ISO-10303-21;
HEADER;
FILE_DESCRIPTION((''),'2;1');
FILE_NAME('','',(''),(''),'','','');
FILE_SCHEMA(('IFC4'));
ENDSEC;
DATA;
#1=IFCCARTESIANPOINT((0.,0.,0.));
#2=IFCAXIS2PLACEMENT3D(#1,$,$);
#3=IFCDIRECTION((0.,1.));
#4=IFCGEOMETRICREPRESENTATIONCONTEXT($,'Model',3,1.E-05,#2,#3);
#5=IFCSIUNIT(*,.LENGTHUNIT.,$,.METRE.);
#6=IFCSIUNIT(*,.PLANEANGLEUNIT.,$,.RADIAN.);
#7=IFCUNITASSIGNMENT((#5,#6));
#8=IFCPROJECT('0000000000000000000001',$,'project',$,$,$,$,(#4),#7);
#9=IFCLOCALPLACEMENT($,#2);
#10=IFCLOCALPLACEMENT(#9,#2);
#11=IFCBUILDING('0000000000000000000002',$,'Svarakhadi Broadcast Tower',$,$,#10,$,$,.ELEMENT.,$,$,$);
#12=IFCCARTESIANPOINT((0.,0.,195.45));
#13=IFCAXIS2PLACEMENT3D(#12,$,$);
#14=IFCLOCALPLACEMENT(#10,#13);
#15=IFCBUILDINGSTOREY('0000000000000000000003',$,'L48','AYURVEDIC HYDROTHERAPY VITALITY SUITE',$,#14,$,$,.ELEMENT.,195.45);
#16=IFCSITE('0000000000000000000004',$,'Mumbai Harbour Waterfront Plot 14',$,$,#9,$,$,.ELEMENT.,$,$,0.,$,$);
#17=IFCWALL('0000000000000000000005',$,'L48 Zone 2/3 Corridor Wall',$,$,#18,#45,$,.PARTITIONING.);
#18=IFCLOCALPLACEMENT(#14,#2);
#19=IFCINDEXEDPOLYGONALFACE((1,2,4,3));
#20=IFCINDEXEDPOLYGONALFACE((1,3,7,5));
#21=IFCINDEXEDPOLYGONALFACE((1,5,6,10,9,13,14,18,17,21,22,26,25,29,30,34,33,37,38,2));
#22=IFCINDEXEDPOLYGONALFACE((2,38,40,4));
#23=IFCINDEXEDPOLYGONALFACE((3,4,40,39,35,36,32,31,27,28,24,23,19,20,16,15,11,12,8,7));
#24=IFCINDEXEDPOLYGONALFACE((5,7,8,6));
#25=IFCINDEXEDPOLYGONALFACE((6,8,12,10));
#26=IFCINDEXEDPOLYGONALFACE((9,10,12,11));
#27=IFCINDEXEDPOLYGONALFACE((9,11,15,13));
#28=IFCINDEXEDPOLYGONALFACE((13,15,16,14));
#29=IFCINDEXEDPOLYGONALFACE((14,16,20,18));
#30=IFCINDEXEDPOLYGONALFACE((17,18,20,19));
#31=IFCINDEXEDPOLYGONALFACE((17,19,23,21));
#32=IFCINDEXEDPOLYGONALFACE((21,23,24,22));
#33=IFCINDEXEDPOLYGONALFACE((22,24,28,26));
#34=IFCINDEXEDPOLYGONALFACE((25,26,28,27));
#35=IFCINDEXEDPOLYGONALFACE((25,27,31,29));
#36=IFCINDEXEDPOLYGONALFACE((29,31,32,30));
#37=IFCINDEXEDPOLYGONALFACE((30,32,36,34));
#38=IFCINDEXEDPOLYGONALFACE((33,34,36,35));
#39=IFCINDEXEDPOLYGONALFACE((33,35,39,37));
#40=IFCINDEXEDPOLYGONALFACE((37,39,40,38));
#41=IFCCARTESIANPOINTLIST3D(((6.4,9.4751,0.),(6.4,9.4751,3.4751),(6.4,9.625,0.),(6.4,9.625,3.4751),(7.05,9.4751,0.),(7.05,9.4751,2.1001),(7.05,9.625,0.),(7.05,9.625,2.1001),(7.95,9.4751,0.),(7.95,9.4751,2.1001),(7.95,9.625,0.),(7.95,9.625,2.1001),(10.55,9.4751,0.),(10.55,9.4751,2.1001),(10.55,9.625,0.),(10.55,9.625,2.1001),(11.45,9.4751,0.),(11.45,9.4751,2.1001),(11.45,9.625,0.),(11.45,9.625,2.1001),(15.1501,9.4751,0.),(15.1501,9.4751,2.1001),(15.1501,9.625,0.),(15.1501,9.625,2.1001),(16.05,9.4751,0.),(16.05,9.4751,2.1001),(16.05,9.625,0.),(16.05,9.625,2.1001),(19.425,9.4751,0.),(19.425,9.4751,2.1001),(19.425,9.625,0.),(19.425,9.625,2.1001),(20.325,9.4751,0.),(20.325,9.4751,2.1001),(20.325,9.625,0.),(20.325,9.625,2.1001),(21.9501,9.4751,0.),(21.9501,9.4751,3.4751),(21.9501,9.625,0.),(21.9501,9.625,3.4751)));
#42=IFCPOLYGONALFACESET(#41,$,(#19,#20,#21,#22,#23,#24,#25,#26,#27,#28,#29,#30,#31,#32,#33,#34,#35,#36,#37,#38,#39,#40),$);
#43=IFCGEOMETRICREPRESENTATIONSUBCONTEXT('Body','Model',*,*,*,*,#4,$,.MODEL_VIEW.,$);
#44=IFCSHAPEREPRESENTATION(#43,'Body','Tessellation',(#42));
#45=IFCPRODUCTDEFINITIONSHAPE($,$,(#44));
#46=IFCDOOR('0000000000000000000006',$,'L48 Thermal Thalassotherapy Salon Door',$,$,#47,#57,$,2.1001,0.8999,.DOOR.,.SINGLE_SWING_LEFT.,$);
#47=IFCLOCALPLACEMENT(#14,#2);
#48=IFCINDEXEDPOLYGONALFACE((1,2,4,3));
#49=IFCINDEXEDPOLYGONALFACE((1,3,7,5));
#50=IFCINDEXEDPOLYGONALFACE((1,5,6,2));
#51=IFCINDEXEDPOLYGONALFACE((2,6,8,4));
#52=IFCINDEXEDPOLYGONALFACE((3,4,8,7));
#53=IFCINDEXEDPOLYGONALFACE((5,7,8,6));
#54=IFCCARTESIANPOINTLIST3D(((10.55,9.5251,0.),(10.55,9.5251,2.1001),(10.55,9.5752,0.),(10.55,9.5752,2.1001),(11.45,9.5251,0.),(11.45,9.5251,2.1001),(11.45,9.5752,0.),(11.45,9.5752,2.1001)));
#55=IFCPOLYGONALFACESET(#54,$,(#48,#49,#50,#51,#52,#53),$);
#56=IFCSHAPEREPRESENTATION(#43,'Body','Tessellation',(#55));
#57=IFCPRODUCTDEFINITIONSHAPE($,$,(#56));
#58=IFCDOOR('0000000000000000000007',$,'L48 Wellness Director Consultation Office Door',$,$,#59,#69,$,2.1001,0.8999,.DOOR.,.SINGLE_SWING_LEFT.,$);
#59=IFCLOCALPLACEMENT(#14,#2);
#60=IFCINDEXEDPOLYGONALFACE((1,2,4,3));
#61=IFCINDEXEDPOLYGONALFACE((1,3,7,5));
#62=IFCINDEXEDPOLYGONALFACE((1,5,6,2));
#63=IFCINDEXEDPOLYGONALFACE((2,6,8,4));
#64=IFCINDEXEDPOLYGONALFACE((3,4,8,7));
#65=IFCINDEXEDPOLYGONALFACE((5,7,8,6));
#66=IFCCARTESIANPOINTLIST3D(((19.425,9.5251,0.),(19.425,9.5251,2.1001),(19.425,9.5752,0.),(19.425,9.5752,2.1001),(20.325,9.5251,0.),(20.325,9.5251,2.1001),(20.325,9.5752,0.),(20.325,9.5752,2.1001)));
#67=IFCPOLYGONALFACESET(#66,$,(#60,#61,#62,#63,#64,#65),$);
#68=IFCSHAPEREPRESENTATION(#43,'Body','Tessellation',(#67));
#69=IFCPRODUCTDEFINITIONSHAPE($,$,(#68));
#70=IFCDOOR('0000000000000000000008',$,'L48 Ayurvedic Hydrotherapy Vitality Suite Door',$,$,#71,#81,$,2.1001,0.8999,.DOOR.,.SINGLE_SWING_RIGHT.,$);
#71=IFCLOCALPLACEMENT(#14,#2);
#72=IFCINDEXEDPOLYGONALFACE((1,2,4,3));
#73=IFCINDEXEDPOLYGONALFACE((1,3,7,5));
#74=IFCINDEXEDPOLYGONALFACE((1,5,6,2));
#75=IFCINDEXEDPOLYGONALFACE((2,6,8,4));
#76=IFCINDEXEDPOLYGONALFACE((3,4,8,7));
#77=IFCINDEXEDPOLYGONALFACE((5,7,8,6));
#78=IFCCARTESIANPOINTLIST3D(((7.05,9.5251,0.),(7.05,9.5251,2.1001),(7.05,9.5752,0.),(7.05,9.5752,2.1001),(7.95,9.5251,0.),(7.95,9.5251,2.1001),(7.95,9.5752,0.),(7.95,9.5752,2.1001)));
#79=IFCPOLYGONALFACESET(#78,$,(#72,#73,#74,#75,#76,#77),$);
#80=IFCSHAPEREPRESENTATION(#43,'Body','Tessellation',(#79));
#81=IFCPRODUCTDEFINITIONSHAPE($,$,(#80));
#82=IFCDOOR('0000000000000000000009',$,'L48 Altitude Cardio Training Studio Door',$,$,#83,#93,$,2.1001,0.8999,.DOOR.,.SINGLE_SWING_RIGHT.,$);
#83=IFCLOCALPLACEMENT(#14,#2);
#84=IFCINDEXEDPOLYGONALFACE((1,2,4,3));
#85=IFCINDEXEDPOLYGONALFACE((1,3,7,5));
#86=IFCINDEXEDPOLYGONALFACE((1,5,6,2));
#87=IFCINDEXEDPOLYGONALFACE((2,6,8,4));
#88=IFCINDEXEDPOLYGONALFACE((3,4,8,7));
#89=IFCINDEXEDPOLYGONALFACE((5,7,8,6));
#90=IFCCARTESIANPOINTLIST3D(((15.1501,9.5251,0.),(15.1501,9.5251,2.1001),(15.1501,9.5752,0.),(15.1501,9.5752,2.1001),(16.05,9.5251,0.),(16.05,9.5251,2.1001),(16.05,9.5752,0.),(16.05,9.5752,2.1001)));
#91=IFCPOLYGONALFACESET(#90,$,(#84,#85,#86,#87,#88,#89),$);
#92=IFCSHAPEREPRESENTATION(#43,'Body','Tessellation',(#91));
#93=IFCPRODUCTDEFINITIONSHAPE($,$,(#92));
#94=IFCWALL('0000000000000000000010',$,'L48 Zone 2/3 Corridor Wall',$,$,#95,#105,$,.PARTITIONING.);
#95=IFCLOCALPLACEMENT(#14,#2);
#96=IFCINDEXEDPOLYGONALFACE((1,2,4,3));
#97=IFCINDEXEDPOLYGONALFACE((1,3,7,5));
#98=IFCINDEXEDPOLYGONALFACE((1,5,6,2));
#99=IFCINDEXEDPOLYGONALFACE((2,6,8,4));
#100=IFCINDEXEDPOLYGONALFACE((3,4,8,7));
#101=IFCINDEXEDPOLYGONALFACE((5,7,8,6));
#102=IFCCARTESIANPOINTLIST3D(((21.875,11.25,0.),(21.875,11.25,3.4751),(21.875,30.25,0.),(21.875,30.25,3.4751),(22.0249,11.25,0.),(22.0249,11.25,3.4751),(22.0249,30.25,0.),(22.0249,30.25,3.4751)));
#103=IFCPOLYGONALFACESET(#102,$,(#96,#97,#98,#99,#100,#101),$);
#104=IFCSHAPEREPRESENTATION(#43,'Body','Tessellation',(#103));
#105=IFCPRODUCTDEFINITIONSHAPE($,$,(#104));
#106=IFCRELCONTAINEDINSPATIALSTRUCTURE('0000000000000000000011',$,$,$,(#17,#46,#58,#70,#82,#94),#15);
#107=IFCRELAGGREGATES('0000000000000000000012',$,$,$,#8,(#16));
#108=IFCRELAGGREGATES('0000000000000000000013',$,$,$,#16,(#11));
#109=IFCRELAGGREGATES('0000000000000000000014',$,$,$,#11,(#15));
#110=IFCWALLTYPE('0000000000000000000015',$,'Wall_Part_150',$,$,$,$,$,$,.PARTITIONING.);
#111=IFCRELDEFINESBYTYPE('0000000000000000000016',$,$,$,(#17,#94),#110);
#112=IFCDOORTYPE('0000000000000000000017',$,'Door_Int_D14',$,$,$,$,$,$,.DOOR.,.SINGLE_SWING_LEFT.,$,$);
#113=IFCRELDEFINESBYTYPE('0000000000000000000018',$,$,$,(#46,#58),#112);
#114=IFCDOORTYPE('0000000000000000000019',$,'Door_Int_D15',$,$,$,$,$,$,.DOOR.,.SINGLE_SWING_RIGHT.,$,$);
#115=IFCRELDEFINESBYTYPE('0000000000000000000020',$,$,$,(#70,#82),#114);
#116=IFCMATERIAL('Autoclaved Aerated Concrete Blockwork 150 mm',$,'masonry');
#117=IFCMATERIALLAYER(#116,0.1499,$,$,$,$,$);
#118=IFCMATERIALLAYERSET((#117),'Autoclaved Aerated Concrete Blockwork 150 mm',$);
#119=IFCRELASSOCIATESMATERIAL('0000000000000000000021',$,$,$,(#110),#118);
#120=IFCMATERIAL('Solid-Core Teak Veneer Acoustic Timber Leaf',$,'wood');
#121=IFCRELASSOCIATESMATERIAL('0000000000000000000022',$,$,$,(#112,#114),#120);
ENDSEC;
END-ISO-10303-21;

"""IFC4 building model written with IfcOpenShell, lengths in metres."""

from ifc_helpers import new_model, si_unit, direction, frame, frame_2d, origin, place, context, subcontext, project, spatial, rectangle, extrude, material, layer, layer_set, type_object, element, fill, save


model = new_model("IFC4")

# Units and contexts
model_context = context("Model", 3, precision=1e-05, world=origin(), true_north=direction((0.0, 1.0)))
body_context = subcontext(model_context, "Body", "Model", "MODEL_VIEW")
ifc_project = project(units=[si_unit("LENGTHUNIT", "METRE"), si_unit("PLANEANGLEUNIT", "RADIAN")], contexts=[model_context])

# Site, building, storey
site_placement = place(None, origin())
site = spatial("IfcSite", under=ifc_project, at=site_placement, Name="Mumbai Harbour Waterfront Plot 14", CompositionType="ELEMENT", RefElevation=0.0)
building_placement = place(site_placement, origin())
building = spatial("IfcBuilding", under=site, at=building_placement, Name="Svarakhadi Broadcast Tower", CompositionType="ELEMENT")
storey_placement = place(building_placement, frame((0.0, 0.0, 195.45)))
storey = spatial("IfcBuildingStorey", under=building, at=storey_placement, Name="L48", Description="AYURVEDIC HYDROTHERAPY VITALITY SUITE", CompositionType="ELEMENT", Elevation=195.45)

# Shared definitions
ifc_material_1 = material(Name="Autoclaved Aerated Concrete Blockwork 150 mm", Category="masonry")
ifc_layer_1 = layer(ifc_material_1, 0.1499)
ifc_layer_set_1 = layer_set([ifc_layer_1], Name="Autoclaved Aerated Concrete Blockwork 150 mm")
wall_type_1 = type_object("IfcWallType", Name="Wall_Part_150", PredefinedType="PARTITIONING", material=ifc_layer_set_1)

# Wall, openings, doors
wall_1_placement = place(storey_placement, frame((21.95, 9.55, 0.0), z_axis=(0.0, 0.0, 1.0), x_axis=(-1.0, 0.0, 0.0)))
wall_1 = element("IfcWall", 1, at=wall_1_placement, inside=storey, type_object=wall_type_1, Name="L48 Zone 2/3 Corridor Wall", PredefinedType="PARTITIONING", context=body_context, shape_type="SweptSolid", body=[
    extrude(rectangle(XDim=15.55, YDim=0.1499, at=frame_2d((7.7749, 0.0))), origin(), (0.0, 0.0, 1.0), 3.4751),
])
opening_1_placement = place(wall_1_placement, frame((14.0, 0.0, 0.0)))
opening_1 = element("IfcOpeningElement", 2, at=opening_1_placement, cuts=wall_1, PredefinedType="OPENING", context=body_context, shape_type="SweptSolid", body=[
    extrude(rectangle(XDim=0.8999, YDim=2.1001, at=frame_2d((0.45, 1.05))), frame((0.0, 0.085, 0.0), z_axis=(0.0, -1.0, 0.0), x_axis=(1.0, 0.0, 0.0)), (0.0, 0.0, 1.0), 0.1699),
])
opening_2_placement = place(wall_1_placement, frame((10.5, 0.0, 0.0)))
opening_2 = element("IfcOpeningElement", 3, at=opening_2_placement, cuts=wall_1, PredefinedType="OPENING", context=body_context, shape_type="SweptSolid", body=[
    extrude(rectangle(XDim=0.8999, YDim=2.1001, at=frame_2d((0.45, 1.05))), frame((0.0, 0.085, 0.0), z_axis=(0.0, -1.0, 0.0), x_axis=(1.0, 0.0, 0.0)), (0.0, 0.0, 1.0), 0.1699),
])
opening_3_placement = place(wall_1_placement, frame((5.8999, 0.0, 0.0)))
opening_3 = element("IfcOpeningElement", 4, at=opening_3_placement, cuts=wall_1, PredefinedType="OPENING", context=body_context, shape_type="SweptSolid", body=[
    extrude(rectangle(XDim=0.8999, YDim=2.1001, at=frame_2d((0.45, 1.05))), frame((0.0, 0.085, 0.0), z_axis=(0.0, -1.0, 0.0), x_axis=(1.0, 0.0, 0.0)), (0.0, 0.0, 1.0), 0.1699),
])
opening_4_placement = place(wall_1_placement, frame((1.625, 0.0, 0.0)))
opening_4 = element("IfcOpeningElement", 5, at=opening_4_placement, cuts=wall_1, PredefinedType="OPENING", context=body_context, shape_type="SweptSolid", body=[
    extrude(rectangle(XDim=0.8999, YDim=2.1001, at=frame_2d((0.45, 1.05))), frame((0.0, 0.085, 0.0), z_axis=(0.0, -1.0, 0.0), x_axis=(1.0, 0.0, 0.0)), (0.0, 0.0, 1.0), 0.1699),
])
ifc_material_2 = material(Name="Solid-Core Teak Veneer Acoustic Timber Leaf", Category="wood")
door_type_1 = type_object("IfcDoorType", Name="Door_Int_D14", OperationType="SINGLE_SWING_LEFT", PredefinedType="DOOR", material=ifc_material_2)
door_1_placement = place(opening_2_placement, origin())
door_1 = element("IfcDoor", 6, at=door_1_placement, inside=storey, type_object=door_type_1, Name="L48 Thermal Thalassotherapy Salon Door", OperationType="SINGLE_SWING_LEFT", OverallHeight=2.1001, OverallWidth=0.8999, PredefinedType="DOOR", context=body_context, shape_type="SweptSolid", body=[
    extrude(rectangle(XDim=0.8999, YDim=2.1001, at=frame_2d((0.45, 1.05))), frame((0.0, 0.0249, 0.0), z_axis=(0.0, -1.0, 0.0), x_axis=(1.0, 0.0, 0.0)), (0.0, 0.0, 1.0), 0.05),
])
fill(opening_2, door_1)
door_2_placement = place(opening_4_placement, origin())
door_2 = element("IfcDoor", 7, at=door_2_placement, inside=storey, type_object=door_type_1, Name="L48 Wellness Director Consultation Office Door", OperationType="SINGLE_SWING_LEFT", OverallHeight=2.1001, OverallWidth=0.8999, PredefinedType="DOOR", context=body_context, shape_type="SweptSolid", body=[
    extrude(rectangle(XDim=0.8999, YDim=2.1001, at=frame_2d((0.45, 1.05))), frame((0.0, 0.0249, 0.0), z_axis=(0.0, -1.0, 0.0), x_axis=(1.0, 0.0, 0.0)), (0.0, 0.0, 1.0), 0.05),
])
fill(opening_4, door_2)
door_type_2 = type_object("IfcDoorType", Name="Door_Int_D15", OperationType="SINGLE_SWING_RIGHT", PredefinedType="DOOR", material=ifc_material_2)
door_3_placement = place(opening_1_placement, origin())
door_3 = element("IfcDoor", 8, at=door_3_placement, inside=storey, type_object=door_type_2, Name="L48 Ayurvedic Hydrotherapy Vitality Suite Door", OperationType="SINGLE_SWING_RIGHT", OverallHeight=2.1001, OverallWidth=0.8999, PredefinedType="DOOR", context=body_context, shape_type="SweptSolid", body=[
    extrude(rectangle(XDim=0.8999, YDim=2.1001, at=frame_2d((0.45, 1.05))), frame((0.0, 0.0249, 0.0), z_axis=(0.0, -1.0, 0.0), x_axis=(1.0, 0.0, 0.0)), (0.0, 0.0, 1.0), 0.05),
])
fill(opening_1, door_3)
door_4_placement = place(opening_3_placement, origin())
door_4 = element("IfcDoor", 9, at=door_4_placement, inside=storey, type_object=door_type_2, Name="L48 Altitude Cardio Training Studio Door", OperationType="SINGLE_SWING_RIGHT", OverallHeight=2.1001, OverallWidth=0.8999, PredefinedType="DOOR", context=body_context, shape_type="SweptSolid", body=[
    extrude(rectangle(XDim=0.8999, YDim=2.1001, at=frame_2d((0.45, 1.05))), frame((0.0, 0.0249, 0.0), z_axis=(0.0, -1.0, 0.0), x_axis=(1.0, 0.0, 0.0)), (0.0, 0.0, 1.0), 0.05),
])
fill(opening_3, door_4)

# Wall
wall_2_placement = place(storey_placement, frame((21.95, 11.25, 0.0), z_axis=(0.0, 0.0, 1.0), x_axis=(0.0, 1.0, 0.0)))
element("IfcWall", 10, at=wall_2_placement, inside=storey, type_object=wall_type_1, Name="L48 Zone 2/3 Corridor Wall", PredefinedType="PARTITIONING", context=body_context, shape_type="SweptSolid", body=[
    extrude(rectangle(XDim=19.0, YDim=0.1499, at=frame_2d((9.5, 0.0))), origin(), (0.0, 0.0, 1.0), 3.4751),
])

save(model, "model.ifc")
